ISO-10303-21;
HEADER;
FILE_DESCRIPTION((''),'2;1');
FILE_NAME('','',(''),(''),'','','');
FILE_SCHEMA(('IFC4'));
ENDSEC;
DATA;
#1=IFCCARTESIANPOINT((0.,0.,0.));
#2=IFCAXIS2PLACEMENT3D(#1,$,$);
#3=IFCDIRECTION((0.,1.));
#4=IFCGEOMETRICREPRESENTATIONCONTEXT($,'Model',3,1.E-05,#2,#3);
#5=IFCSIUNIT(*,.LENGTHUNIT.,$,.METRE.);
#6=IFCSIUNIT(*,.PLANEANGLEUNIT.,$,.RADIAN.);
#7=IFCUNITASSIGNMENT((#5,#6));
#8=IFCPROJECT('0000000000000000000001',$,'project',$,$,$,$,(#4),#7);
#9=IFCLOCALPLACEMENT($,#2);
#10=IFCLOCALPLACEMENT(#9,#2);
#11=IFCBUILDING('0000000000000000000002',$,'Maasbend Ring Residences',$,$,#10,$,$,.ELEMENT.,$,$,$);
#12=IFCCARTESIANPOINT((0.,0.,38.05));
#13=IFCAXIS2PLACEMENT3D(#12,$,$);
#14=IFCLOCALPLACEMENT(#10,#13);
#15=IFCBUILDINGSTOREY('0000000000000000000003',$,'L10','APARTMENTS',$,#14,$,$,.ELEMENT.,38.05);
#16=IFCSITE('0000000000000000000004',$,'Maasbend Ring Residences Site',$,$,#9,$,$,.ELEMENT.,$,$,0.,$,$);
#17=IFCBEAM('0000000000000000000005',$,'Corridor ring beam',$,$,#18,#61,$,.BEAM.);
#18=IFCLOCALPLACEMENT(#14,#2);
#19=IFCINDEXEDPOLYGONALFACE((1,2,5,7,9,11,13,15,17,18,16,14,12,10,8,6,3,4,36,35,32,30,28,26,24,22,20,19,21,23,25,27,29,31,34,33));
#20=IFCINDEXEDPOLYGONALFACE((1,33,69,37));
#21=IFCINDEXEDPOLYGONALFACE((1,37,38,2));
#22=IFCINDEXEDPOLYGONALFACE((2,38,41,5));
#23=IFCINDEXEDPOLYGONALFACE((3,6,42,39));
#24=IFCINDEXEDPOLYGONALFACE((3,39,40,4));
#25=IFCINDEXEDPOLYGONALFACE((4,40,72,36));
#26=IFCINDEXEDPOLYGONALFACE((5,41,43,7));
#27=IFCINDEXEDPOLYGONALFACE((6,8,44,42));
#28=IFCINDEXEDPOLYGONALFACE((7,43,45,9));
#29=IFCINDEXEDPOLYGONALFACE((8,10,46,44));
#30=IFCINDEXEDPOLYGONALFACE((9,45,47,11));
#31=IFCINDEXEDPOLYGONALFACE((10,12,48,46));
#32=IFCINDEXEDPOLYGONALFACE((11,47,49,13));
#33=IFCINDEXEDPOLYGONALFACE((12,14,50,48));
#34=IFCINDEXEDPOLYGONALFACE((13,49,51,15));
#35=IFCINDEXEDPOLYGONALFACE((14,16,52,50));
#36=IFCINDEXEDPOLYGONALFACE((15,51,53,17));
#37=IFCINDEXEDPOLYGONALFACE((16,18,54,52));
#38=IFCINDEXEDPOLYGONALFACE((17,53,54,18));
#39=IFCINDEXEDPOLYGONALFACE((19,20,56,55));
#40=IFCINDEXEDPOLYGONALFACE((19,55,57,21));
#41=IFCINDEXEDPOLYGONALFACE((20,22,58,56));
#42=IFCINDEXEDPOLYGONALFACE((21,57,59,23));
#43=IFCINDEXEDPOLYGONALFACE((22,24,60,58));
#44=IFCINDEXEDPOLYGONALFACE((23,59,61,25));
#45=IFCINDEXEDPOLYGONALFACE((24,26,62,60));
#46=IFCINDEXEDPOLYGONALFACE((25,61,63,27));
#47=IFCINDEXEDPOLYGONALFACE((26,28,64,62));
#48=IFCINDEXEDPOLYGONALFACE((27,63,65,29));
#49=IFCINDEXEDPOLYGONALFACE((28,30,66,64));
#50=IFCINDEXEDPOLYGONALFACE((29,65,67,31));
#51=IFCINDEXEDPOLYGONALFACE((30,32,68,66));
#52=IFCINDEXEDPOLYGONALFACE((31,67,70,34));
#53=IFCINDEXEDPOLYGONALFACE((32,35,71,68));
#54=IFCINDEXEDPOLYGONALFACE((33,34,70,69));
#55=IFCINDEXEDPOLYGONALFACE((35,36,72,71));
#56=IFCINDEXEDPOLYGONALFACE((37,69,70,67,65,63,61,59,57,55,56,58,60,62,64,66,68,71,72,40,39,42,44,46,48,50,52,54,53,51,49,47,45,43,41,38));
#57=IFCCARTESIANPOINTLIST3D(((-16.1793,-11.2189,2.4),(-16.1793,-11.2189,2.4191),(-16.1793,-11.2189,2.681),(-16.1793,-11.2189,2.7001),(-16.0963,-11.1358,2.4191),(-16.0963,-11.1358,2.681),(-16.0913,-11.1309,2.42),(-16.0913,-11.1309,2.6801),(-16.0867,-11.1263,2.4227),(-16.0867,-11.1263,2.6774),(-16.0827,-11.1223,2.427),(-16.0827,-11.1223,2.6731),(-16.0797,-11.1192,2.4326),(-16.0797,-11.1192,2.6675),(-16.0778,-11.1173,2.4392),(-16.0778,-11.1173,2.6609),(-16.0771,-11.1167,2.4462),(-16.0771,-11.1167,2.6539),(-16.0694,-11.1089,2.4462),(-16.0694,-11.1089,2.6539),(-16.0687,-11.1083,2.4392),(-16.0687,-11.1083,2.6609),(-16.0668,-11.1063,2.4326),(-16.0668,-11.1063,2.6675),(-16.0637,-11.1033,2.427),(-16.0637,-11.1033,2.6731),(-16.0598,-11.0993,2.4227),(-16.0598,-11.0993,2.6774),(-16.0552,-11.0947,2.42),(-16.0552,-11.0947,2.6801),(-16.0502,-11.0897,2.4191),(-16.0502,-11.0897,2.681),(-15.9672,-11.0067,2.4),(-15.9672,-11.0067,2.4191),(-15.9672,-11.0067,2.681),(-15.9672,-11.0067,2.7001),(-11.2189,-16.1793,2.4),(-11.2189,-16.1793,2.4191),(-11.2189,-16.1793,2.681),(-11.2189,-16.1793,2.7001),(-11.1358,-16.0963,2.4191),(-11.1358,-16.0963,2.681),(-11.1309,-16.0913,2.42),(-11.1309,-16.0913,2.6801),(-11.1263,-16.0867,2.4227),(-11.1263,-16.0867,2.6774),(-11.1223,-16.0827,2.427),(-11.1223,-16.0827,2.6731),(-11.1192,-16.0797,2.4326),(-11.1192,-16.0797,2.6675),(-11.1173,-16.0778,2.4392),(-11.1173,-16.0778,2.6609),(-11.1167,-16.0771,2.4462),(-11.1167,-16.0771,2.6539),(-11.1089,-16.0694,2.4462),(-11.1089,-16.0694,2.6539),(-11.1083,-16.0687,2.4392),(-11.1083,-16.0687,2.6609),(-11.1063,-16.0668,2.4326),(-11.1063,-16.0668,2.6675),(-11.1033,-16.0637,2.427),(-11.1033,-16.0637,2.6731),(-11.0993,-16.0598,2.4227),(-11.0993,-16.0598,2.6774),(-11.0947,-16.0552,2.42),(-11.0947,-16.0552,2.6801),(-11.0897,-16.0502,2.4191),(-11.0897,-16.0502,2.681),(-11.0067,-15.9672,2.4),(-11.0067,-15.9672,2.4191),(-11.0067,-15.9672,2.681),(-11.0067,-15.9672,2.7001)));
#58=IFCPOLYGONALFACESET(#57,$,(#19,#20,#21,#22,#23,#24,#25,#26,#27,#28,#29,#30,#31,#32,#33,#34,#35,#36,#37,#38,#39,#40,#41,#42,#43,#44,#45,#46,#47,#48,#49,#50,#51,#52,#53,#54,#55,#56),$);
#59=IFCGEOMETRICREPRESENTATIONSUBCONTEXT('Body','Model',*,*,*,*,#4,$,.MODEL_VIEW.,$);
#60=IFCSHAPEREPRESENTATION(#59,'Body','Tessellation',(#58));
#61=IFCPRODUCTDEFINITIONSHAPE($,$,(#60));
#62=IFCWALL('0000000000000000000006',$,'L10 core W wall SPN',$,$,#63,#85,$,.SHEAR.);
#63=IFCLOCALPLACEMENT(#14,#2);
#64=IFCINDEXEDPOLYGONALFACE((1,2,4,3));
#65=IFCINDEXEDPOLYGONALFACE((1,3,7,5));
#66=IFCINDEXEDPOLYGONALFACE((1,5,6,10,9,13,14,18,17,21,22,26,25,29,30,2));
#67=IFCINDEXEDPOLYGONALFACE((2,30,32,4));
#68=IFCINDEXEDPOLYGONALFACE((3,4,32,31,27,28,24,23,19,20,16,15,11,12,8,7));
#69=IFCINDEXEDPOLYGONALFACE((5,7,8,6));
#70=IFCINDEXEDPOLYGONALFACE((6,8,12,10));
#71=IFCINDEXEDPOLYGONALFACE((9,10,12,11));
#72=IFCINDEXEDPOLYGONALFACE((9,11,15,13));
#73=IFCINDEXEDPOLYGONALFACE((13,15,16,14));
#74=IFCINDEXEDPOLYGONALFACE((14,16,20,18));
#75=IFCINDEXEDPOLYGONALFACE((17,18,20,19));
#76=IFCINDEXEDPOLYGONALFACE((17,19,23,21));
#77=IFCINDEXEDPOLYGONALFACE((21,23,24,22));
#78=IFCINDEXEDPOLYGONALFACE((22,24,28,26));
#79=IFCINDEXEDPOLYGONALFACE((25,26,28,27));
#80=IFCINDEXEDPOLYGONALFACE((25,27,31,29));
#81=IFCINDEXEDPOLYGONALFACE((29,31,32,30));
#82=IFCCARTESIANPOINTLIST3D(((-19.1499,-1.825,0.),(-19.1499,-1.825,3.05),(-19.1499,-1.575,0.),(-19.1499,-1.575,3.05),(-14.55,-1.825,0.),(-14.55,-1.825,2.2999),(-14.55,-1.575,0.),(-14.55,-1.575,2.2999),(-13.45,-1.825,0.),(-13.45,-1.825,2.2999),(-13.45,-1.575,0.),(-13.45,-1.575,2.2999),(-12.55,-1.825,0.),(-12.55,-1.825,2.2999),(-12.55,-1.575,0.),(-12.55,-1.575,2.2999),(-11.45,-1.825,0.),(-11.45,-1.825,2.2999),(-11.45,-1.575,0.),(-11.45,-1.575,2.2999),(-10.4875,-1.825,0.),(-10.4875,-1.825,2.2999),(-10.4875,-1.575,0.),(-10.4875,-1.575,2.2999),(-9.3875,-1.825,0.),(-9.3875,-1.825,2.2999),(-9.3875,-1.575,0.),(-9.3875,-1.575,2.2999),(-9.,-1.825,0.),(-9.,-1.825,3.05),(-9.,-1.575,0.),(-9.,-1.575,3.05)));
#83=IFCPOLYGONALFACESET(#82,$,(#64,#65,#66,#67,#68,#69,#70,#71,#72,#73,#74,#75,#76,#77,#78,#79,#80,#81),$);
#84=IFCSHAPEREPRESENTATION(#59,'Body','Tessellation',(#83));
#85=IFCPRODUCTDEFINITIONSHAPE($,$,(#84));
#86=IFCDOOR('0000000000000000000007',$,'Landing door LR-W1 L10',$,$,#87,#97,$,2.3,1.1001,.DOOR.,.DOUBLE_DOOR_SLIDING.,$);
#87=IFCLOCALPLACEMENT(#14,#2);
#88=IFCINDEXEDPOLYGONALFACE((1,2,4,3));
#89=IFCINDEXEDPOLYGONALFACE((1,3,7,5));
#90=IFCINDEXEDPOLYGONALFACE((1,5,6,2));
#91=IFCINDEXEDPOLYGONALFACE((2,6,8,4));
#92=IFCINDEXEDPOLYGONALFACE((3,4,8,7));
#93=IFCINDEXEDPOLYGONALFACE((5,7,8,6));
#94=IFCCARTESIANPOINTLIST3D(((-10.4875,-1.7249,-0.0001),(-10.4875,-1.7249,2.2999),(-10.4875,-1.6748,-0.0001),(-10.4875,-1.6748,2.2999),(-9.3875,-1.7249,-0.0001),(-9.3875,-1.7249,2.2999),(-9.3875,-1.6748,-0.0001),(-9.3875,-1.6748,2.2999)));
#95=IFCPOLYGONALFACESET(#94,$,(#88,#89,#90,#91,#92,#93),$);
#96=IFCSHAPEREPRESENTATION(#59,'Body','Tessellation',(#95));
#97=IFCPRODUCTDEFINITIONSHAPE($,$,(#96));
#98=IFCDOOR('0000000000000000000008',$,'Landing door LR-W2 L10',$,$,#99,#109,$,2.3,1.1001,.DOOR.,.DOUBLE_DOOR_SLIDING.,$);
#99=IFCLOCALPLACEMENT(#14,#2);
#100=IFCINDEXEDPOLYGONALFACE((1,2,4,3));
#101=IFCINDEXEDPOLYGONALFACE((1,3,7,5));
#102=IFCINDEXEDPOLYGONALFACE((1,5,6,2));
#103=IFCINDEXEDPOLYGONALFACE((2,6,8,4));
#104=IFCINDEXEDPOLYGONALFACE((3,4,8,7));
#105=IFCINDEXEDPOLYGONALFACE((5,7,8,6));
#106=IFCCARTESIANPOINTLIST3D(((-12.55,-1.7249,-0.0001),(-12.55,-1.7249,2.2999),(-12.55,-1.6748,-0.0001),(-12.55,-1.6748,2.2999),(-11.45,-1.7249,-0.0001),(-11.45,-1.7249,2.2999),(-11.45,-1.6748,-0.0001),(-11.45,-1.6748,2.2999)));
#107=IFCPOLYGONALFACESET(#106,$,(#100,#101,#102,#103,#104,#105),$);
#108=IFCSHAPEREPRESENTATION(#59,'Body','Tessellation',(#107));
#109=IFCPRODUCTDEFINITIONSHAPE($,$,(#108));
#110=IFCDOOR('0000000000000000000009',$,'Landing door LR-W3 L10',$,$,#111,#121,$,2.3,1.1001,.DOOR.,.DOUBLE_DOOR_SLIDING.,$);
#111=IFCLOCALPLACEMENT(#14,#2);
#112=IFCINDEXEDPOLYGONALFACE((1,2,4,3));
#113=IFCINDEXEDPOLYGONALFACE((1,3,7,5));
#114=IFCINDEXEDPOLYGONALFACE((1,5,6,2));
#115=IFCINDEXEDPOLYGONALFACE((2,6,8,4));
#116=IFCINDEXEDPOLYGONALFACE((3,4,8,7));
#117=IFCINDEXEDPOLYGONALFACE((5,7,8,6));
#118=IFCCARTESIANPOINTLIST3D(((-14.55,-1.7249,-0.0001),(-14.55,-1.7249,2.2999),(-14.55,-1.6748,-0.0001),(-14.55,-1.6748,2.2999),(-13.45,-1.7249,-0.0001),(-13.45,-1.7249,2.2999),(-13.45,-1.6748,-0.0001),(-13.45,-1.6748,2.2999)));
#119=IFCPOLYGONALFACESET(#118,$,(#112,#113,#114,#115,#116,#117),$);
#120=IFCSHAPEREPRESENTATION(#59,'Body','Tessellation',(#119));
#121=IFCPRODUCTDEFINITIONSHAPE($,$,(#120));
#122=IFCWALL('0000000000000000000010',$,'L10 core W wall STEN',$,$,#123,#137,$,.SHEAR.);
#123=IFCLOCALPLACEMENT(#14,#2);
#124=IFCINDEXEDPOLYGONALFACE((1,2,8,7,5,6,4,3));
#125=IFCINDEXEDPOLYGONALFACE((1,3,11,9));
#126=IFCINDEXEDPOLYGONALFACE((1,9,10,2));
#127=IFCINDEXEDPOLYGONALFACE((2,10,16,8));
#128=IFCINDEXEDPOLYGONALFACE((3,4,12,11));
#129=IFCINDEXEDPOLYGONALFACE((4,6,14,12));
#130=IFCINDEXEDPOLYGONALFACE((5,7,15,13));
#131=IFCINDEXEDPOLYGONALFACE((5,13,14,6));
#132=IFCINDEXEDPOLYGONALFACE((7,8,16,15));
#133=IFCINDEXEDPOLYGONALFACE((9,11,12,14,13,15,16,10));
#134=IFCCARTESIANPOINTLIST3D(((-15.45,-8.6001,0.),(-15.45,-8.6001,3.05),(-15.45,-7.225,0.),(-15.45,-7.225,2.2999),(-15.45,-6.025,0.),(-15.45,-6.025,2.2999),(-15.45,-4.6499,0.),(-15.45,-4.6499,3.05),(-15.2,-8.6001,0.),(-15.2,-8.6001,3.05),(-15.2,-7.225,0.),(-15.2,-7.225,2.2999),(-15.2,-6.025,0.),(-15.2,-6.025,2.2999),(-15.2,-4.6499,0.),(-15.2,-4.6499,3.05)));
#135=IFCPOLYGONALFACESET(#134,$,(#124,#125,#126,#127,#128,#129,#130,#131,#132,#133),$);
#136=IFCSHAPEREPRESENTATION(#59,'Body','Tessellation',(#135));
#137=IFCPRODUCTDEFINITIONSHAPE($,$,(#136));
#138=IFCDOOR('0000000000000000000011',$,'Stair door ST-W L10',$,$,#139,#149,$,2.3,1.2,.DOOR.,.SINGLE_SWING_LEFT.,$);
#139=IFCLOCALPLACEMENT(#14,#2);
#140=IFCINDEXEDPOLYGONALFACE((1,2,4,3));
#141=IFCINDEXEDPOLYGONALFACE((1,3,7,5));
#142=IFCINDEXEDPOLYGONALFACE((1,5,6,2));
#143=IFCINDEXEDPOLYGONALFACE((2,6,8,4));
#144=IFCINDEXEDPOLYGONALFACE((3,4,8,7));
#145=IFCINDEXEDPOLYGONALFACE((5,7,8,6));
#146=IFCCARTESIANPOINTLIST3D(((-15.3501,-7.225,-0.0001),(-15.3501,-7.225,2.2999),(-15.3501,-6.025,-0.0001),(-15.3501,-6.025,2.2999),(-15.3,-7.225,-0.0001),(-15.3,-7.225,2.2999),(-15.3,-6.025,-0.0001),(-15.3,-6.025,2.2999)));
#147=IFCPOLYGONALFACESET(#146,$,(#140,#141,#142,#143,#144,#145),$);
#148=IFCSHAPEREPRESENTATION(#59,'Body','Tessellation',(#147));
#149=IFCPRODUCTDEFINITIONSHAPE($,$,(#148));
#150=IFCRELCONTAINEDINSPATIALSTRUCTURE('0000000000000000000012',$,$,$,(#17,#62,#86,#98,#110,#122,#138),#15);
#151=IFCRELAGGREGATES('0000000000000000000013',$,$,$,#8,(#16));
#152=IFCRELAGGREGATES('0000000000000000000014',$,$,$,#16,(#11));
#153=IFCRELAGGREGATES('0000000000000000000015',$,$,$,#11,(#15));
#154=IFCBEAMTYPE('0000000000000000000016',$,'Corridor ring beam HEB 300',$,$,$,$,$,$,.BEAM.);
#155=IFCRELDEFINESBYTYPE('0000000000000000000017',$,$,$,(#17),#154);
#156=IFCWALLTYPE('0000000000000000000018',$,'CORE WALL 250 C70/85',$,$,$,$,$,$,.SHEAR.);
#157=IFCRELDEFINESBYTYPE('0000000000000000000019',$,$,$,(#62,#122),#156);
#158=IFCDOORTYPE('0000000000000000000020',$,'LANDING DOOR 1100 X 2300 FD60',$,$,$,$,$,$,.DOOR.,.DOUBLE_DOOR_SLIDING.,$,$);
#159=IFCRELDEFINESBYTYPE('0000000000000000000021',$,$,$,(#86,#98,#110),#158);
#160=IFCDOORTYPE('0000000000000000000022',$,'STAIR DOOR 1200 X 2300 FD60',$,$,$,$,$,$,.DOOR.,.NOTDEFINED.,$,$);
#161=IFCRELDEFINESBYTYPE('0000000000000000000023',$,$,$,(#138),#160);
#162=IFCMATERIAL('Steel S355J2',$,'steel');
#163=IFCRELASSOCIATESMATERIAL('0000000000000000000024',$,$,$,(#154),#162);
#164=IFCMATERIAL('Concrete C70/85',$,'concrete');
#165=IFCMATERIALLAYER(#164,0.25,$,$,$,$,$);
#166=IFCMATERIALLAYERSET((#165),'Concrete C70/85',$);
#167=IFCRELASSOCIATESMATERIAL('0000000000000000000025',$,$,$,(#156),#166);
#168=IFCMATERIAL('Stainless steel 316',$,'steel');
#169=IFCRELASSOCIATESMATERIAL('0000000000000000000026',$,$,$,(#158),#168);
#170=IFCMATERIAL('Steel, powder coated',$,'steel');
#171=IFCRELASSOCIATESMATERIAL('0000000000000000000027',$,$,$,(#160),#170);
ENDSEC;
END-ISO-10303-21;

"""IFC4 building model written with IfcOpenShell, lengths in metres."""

from ifc_helpers import new_model, si_unit, direction, frame, frame_2d, origin, origin_2d, place, context, subcontext, project, spatial, rectangle, i_section, extrude, material, layer, layer_set, material_profile, profile_set, type_object, element, fill, save


model = new_model("IFC4")

# Units and contexts
model_context = context("Model", 3, precision=1e-05, world=origin(), true_north=direction((0.0, 1.0)))
body_context = subcontext(model_context, "Body", "Model", "MODEL_VIEW")
ifc_project = project(units=[si_unit("LENGTHUNIT", "METRE"), si_unit("PLANEANGLEUNIT", "RADIAN")], contexts=[model_context])

# Site, building, storey
site_placement = place(None, origin())
site = spatial("IfcSite", under=ifc_project, at=site_placement, Name="Maasbend Ring Residences Site", CompositionType="ELEMENT", RefElevation=0.0)
building_placement = place(site_placement, origin())
building = spatial("IfcBuilding", under=site, at=building_placement, Name="Maasbend Ring Residences", CompositionType="ELEMENT")
storey_placement = place(building_placement, frame((0.0, 0.0, 38.05)))
storey = spatial("IfcBuildingStorey", under=building, at=storey_placement, Name="L10", Description="APARTMENTS", CompositionType="ELEMENT", Elevation=38.05)

# Beam
ifc_material_1 = material(Name="Steel S355J2", Category="steel")
ifc_material_profile = material_profile(ifc_material_1, i_section(OverallWidth=0.3, OverallDepth=0.3, WebThickness=0.011, FlangeThickness=0.019, FilletRadius=0.0271, at=origin_2d()), Name="HEB 300")
ifc_profile_set = profile_set([ifc_material_profile], Name="Steel S355J2")
beam_type = type_object("IfcBeamType", Name="Corridor ring beam HEB 300", PredefinedType="BEAM", material=ifc_profile_set)
beam_placement = place(storey_placement, frame((-16.0732, -11.1128, 2.55), z_axis=(0.707107, -0.707107, 0.0), x_axis=(0.707107, 0.707107, 0.0)))
element("IfcBeam", 1, at=beam_placement, inside=storey, type_object=beam_type, Name="Corridor ring beam", PredefinedType="BEAM", context=body_context, shape_type="SweptSolid", body=[
    extrude(i_section(OverallWidth=0.3, OverallDepth=0.3, WebThickness=0.011, FlangeThickness=0.019, FilletRadius=0.0271, at=origin_2d()), origin(), (0.0, 0.0, 1.0), 7.0151),
])

# Wall, openings, doors
ifc_material_2 = material(Name="Concrete C70/85", Category="concrete")
ifc_layer_1 = layer(ifc_material_2, 0.25)
ifc_layer_set_1 = layer_set([ifc_layer_1], Name="Concrete C70/85")
wall_type_1 = type_object("IfcWallType", Name="CORE WALL 250 C70/85", PredefinedType="SHEAR", material=ifc_layer_set_1)
wall_1_placement = place(storey_placement, frame((-9.0, -1.7, 0.0), z_axis=(0.0, 0.0, 1.0), x_axis=(-1.0, 0.0, 0.0)))
wall_1 = element("IfcWall", 2, at=wall_1_placement, inside=storey, type_object=wall_type_1, Name="L10 core W wall SPN", PredefinedType="SHEAR", context=body_context, shape_type="SweptSolid", body=[
    extrude(rectangle(XDim=10.1499, YDim=0.25, at=frame_2d((5.075, 0.0))), origin(), (0.0, 0.0, 1.0), 3.05),
])
opening_1_placement = place(wall_1_placement, frame((0.3875, 0.0, 0.0)))
opening_1 = element("IfcOpeningElement", 3, at=opening_1_placement, cuts=wall_1, PredefinedType="OPENING", context=body_context, shape_type="SweptSolid", body=[
    extrude(rectangle(XDim=1.1001, YDim=2.3, at=frame_2d((0.55, 1.1499))), frame((0.0, 0.135, 0.0), z_axis=(0.0, -1.0, 0.0), x_axis=(1.0, 0.0, 0.0)), (0.0, 0.0, 1.0), 0.27),
])
opening_2_placement = place(wall_1_placement, frame((2.45, 0.0, 0.0)))
opening_2 = element("IfcOpeningElement", 4, at=opening_2_placement, cuts=wall_1, PredefinedType="OPENING", context=body_context, shape_type="SweptSolid", body=[
    extrude(rectangle(XDim=1.1001, YDim=2.3, at=frame_2d((0.55, 1.1499))), frame((0.0, 0.135, 0.0), z_axis=(0.0, -1.0, 0.0), x_axis=(1.0, 0.0, 0.0)), (0.0, 0.0, 1.0), 0.27),
])
opening_3_placement = place(wall_1_placement, frame((4.45, 0.0, 0.0)))
opening_3 = element("IfcOpeningElement", 5, at=opening_3_placement, cuts=wall_1, PredefinedType="OPENING", context=body_context, shape_type="SweptSolid", body=[
    extrude(rectangle(XDim=1.1001, YDim=2.3, at=frame_2d((0.55, 1.1499))), frame((0.0, 0.135, 0.0), z_axis=(0.0, -1.0, 0.0), x_axis=(1.0, 0.0, 0.0)), (0.0, 0.0, 1.0), 0.27),
])
ifc_material_3 = material(Name="Stainless steel 316", Category="steel")
door_type_1 = type_object("IfcDoorType", Name="LANDING DOOR 1100 X 2300 FD60", OperationType="DOUBLE_DOOR_SLIDING", PredefinedType="DOOR", material=ifc_material_3)
door_1_placement = place(opening_1_placement, origin())
door_1 = element("IfcDoor", 6, at=door_1_placement, inside=storey, type_object=door_type_1, Name="Landing door LR-W1 L10", OperationType="DOUBLE_DOOR_SLIDING", OverallHeight=2.3, OverallWidth=1.1001, PredefinedType="DOOR", context=body_context, shape_type="SweptSolid", body=[
    extrude(rectangle(XDim=1.1001, YDim=2.3, at=frame_2d((0.55, 1.1499))), frame((0.0, 0.0249, 0.0), z_axis=(0.0, -1.0, 0.0), x_axis=(1.0, 0.0, 0.0)), (0.0, 0.0, 1.0), 0.05),
])
fill(opening_1, door_1)
door_2_placement = place(opening_2_placement, origin())
door_2 = element("IfcDoor", 7, at=door_2_placement, inside=storey, type_object=door_type_1, Name="Landing door LR-W2 L10", OperationType="DOUBLE_DOOR_SLIDING", OverallHeight=2.3, OverallWidth=1.1001, PredefinedType="DOOR", context=body_context, shape_type="SweptSolid", body=[
    extrude(rectangle(XDim=1.1001, YDim=2.3, at=frame_2d((0.55, 1.1499))), frame((0.0, 0.0249, 0.0), z_axis=(0.0, -1.0, 0.0), x_axis=(1.0, 0.0, 0.0)), (0.0, 0.0, 1.0), 0.05),
])
fill(opening_2, door_2)
door_3_placement = place(opening_3_placement, origin())
door_3 = element("IfcDoor", 8, at=door_3_placement, inside=storey, type_object=door_type_1, Name="Landing door LR-W3 L10", OperationType="DOUBLE_DOOR_SLIDING", OverallHeight=2.3, OverallWidth=1.1001, PredefinedType="DOOR", context=body_context, shape_type="SweptSolid", body=[
    extrude(rectangle(XDim=1.1001, YDim=2.3, at=frame_2d((0.55, 1.1499))), frame((0.0, 0.0249, 0.0), z_axis=(0.0, -1.0, 0.0), x_axis=(1.0, 0.0, 0.0)), (0.0, 0.0, 1.0), 0.05),
])
fill(opening_3, door_3)

# Wall, opening, door
wall_2_placement = place(storey_placement, frame((-15.325, -4.6499, 0.0), z_axis=(0.0, 0.0, 1.0), x_axis=(0.0, -1.0, 0.0)))
wall_2 = element("IfcWall", 9, at=wall_2_placement, inside=storey, type_object=wall_type_1, Name="L10 core W wall STEN", PredefinedType="SHEAR", context=body_context, shape_type="SweptSolid", body=[
    extrude(rectangle(XDim=3.9502, YDim=0.25, at=frame_2d((1.9751, 0.0))), origin(), (0.0, 0.0, 1.0), 3.05),
])
opening_4_placement = place(wall_2_placement, frame((1.375, 0.0, 0.0)))
opening_4 = element("IfcOpeningElement", 10, at=opening_4_placement, cuts=wall_2, PredefinedType="OPENING", context=body_context, shape_type="SweptSolid", body=[
    extrude(rectangle(XDim=1.2, YDim=2.3, at=frame_2d((0.6001, 1.1499))), frame((0.0, 0.135, 0.0), z_axis=(0.0, -1.0, 0.0), x_axis=(1.0, 0.0, 0.0)), (0.0, 0.0, 1.0), 0.27),
])
ifc_material_4 = material(Name="Steel, powder coated", Category="steel")
door_type_2 = type_object("IfcDoorType", Name="STAIR DOOR 1200 X 2300 FD60", OperationType="NOTDEFINED", PredefinedType="DOOR", material=ifc_material_4)
door_4_placement = place(opening_4_placement, origin())
door_4 = element("IfcDoor", 11, at=door_4_placement, inside=storey, type_object=door_type_2, Name="Stair door ST-W L10", OperationType="SINGLE_SWING_LEFT", OverallHeight=2.3, OverallWidth=1.2, PredefinedType="DOOR", context=body_context, shape_type="SweptSolid", body=[
    extrude(rectangle(XDim=1.2, YDim=2.3, at=frame_2d((0.6001, 1.1499))), frame((0.0, 0.0249, 0.0), z_axis=(0.0, -1.0, 0.0), x_axis=(1.0, 0.0, 0.0)), (0.0, 0.0, 1.0), 0.05),
])
fill(opening_4, door_4)

save(model, "model.ifc")
